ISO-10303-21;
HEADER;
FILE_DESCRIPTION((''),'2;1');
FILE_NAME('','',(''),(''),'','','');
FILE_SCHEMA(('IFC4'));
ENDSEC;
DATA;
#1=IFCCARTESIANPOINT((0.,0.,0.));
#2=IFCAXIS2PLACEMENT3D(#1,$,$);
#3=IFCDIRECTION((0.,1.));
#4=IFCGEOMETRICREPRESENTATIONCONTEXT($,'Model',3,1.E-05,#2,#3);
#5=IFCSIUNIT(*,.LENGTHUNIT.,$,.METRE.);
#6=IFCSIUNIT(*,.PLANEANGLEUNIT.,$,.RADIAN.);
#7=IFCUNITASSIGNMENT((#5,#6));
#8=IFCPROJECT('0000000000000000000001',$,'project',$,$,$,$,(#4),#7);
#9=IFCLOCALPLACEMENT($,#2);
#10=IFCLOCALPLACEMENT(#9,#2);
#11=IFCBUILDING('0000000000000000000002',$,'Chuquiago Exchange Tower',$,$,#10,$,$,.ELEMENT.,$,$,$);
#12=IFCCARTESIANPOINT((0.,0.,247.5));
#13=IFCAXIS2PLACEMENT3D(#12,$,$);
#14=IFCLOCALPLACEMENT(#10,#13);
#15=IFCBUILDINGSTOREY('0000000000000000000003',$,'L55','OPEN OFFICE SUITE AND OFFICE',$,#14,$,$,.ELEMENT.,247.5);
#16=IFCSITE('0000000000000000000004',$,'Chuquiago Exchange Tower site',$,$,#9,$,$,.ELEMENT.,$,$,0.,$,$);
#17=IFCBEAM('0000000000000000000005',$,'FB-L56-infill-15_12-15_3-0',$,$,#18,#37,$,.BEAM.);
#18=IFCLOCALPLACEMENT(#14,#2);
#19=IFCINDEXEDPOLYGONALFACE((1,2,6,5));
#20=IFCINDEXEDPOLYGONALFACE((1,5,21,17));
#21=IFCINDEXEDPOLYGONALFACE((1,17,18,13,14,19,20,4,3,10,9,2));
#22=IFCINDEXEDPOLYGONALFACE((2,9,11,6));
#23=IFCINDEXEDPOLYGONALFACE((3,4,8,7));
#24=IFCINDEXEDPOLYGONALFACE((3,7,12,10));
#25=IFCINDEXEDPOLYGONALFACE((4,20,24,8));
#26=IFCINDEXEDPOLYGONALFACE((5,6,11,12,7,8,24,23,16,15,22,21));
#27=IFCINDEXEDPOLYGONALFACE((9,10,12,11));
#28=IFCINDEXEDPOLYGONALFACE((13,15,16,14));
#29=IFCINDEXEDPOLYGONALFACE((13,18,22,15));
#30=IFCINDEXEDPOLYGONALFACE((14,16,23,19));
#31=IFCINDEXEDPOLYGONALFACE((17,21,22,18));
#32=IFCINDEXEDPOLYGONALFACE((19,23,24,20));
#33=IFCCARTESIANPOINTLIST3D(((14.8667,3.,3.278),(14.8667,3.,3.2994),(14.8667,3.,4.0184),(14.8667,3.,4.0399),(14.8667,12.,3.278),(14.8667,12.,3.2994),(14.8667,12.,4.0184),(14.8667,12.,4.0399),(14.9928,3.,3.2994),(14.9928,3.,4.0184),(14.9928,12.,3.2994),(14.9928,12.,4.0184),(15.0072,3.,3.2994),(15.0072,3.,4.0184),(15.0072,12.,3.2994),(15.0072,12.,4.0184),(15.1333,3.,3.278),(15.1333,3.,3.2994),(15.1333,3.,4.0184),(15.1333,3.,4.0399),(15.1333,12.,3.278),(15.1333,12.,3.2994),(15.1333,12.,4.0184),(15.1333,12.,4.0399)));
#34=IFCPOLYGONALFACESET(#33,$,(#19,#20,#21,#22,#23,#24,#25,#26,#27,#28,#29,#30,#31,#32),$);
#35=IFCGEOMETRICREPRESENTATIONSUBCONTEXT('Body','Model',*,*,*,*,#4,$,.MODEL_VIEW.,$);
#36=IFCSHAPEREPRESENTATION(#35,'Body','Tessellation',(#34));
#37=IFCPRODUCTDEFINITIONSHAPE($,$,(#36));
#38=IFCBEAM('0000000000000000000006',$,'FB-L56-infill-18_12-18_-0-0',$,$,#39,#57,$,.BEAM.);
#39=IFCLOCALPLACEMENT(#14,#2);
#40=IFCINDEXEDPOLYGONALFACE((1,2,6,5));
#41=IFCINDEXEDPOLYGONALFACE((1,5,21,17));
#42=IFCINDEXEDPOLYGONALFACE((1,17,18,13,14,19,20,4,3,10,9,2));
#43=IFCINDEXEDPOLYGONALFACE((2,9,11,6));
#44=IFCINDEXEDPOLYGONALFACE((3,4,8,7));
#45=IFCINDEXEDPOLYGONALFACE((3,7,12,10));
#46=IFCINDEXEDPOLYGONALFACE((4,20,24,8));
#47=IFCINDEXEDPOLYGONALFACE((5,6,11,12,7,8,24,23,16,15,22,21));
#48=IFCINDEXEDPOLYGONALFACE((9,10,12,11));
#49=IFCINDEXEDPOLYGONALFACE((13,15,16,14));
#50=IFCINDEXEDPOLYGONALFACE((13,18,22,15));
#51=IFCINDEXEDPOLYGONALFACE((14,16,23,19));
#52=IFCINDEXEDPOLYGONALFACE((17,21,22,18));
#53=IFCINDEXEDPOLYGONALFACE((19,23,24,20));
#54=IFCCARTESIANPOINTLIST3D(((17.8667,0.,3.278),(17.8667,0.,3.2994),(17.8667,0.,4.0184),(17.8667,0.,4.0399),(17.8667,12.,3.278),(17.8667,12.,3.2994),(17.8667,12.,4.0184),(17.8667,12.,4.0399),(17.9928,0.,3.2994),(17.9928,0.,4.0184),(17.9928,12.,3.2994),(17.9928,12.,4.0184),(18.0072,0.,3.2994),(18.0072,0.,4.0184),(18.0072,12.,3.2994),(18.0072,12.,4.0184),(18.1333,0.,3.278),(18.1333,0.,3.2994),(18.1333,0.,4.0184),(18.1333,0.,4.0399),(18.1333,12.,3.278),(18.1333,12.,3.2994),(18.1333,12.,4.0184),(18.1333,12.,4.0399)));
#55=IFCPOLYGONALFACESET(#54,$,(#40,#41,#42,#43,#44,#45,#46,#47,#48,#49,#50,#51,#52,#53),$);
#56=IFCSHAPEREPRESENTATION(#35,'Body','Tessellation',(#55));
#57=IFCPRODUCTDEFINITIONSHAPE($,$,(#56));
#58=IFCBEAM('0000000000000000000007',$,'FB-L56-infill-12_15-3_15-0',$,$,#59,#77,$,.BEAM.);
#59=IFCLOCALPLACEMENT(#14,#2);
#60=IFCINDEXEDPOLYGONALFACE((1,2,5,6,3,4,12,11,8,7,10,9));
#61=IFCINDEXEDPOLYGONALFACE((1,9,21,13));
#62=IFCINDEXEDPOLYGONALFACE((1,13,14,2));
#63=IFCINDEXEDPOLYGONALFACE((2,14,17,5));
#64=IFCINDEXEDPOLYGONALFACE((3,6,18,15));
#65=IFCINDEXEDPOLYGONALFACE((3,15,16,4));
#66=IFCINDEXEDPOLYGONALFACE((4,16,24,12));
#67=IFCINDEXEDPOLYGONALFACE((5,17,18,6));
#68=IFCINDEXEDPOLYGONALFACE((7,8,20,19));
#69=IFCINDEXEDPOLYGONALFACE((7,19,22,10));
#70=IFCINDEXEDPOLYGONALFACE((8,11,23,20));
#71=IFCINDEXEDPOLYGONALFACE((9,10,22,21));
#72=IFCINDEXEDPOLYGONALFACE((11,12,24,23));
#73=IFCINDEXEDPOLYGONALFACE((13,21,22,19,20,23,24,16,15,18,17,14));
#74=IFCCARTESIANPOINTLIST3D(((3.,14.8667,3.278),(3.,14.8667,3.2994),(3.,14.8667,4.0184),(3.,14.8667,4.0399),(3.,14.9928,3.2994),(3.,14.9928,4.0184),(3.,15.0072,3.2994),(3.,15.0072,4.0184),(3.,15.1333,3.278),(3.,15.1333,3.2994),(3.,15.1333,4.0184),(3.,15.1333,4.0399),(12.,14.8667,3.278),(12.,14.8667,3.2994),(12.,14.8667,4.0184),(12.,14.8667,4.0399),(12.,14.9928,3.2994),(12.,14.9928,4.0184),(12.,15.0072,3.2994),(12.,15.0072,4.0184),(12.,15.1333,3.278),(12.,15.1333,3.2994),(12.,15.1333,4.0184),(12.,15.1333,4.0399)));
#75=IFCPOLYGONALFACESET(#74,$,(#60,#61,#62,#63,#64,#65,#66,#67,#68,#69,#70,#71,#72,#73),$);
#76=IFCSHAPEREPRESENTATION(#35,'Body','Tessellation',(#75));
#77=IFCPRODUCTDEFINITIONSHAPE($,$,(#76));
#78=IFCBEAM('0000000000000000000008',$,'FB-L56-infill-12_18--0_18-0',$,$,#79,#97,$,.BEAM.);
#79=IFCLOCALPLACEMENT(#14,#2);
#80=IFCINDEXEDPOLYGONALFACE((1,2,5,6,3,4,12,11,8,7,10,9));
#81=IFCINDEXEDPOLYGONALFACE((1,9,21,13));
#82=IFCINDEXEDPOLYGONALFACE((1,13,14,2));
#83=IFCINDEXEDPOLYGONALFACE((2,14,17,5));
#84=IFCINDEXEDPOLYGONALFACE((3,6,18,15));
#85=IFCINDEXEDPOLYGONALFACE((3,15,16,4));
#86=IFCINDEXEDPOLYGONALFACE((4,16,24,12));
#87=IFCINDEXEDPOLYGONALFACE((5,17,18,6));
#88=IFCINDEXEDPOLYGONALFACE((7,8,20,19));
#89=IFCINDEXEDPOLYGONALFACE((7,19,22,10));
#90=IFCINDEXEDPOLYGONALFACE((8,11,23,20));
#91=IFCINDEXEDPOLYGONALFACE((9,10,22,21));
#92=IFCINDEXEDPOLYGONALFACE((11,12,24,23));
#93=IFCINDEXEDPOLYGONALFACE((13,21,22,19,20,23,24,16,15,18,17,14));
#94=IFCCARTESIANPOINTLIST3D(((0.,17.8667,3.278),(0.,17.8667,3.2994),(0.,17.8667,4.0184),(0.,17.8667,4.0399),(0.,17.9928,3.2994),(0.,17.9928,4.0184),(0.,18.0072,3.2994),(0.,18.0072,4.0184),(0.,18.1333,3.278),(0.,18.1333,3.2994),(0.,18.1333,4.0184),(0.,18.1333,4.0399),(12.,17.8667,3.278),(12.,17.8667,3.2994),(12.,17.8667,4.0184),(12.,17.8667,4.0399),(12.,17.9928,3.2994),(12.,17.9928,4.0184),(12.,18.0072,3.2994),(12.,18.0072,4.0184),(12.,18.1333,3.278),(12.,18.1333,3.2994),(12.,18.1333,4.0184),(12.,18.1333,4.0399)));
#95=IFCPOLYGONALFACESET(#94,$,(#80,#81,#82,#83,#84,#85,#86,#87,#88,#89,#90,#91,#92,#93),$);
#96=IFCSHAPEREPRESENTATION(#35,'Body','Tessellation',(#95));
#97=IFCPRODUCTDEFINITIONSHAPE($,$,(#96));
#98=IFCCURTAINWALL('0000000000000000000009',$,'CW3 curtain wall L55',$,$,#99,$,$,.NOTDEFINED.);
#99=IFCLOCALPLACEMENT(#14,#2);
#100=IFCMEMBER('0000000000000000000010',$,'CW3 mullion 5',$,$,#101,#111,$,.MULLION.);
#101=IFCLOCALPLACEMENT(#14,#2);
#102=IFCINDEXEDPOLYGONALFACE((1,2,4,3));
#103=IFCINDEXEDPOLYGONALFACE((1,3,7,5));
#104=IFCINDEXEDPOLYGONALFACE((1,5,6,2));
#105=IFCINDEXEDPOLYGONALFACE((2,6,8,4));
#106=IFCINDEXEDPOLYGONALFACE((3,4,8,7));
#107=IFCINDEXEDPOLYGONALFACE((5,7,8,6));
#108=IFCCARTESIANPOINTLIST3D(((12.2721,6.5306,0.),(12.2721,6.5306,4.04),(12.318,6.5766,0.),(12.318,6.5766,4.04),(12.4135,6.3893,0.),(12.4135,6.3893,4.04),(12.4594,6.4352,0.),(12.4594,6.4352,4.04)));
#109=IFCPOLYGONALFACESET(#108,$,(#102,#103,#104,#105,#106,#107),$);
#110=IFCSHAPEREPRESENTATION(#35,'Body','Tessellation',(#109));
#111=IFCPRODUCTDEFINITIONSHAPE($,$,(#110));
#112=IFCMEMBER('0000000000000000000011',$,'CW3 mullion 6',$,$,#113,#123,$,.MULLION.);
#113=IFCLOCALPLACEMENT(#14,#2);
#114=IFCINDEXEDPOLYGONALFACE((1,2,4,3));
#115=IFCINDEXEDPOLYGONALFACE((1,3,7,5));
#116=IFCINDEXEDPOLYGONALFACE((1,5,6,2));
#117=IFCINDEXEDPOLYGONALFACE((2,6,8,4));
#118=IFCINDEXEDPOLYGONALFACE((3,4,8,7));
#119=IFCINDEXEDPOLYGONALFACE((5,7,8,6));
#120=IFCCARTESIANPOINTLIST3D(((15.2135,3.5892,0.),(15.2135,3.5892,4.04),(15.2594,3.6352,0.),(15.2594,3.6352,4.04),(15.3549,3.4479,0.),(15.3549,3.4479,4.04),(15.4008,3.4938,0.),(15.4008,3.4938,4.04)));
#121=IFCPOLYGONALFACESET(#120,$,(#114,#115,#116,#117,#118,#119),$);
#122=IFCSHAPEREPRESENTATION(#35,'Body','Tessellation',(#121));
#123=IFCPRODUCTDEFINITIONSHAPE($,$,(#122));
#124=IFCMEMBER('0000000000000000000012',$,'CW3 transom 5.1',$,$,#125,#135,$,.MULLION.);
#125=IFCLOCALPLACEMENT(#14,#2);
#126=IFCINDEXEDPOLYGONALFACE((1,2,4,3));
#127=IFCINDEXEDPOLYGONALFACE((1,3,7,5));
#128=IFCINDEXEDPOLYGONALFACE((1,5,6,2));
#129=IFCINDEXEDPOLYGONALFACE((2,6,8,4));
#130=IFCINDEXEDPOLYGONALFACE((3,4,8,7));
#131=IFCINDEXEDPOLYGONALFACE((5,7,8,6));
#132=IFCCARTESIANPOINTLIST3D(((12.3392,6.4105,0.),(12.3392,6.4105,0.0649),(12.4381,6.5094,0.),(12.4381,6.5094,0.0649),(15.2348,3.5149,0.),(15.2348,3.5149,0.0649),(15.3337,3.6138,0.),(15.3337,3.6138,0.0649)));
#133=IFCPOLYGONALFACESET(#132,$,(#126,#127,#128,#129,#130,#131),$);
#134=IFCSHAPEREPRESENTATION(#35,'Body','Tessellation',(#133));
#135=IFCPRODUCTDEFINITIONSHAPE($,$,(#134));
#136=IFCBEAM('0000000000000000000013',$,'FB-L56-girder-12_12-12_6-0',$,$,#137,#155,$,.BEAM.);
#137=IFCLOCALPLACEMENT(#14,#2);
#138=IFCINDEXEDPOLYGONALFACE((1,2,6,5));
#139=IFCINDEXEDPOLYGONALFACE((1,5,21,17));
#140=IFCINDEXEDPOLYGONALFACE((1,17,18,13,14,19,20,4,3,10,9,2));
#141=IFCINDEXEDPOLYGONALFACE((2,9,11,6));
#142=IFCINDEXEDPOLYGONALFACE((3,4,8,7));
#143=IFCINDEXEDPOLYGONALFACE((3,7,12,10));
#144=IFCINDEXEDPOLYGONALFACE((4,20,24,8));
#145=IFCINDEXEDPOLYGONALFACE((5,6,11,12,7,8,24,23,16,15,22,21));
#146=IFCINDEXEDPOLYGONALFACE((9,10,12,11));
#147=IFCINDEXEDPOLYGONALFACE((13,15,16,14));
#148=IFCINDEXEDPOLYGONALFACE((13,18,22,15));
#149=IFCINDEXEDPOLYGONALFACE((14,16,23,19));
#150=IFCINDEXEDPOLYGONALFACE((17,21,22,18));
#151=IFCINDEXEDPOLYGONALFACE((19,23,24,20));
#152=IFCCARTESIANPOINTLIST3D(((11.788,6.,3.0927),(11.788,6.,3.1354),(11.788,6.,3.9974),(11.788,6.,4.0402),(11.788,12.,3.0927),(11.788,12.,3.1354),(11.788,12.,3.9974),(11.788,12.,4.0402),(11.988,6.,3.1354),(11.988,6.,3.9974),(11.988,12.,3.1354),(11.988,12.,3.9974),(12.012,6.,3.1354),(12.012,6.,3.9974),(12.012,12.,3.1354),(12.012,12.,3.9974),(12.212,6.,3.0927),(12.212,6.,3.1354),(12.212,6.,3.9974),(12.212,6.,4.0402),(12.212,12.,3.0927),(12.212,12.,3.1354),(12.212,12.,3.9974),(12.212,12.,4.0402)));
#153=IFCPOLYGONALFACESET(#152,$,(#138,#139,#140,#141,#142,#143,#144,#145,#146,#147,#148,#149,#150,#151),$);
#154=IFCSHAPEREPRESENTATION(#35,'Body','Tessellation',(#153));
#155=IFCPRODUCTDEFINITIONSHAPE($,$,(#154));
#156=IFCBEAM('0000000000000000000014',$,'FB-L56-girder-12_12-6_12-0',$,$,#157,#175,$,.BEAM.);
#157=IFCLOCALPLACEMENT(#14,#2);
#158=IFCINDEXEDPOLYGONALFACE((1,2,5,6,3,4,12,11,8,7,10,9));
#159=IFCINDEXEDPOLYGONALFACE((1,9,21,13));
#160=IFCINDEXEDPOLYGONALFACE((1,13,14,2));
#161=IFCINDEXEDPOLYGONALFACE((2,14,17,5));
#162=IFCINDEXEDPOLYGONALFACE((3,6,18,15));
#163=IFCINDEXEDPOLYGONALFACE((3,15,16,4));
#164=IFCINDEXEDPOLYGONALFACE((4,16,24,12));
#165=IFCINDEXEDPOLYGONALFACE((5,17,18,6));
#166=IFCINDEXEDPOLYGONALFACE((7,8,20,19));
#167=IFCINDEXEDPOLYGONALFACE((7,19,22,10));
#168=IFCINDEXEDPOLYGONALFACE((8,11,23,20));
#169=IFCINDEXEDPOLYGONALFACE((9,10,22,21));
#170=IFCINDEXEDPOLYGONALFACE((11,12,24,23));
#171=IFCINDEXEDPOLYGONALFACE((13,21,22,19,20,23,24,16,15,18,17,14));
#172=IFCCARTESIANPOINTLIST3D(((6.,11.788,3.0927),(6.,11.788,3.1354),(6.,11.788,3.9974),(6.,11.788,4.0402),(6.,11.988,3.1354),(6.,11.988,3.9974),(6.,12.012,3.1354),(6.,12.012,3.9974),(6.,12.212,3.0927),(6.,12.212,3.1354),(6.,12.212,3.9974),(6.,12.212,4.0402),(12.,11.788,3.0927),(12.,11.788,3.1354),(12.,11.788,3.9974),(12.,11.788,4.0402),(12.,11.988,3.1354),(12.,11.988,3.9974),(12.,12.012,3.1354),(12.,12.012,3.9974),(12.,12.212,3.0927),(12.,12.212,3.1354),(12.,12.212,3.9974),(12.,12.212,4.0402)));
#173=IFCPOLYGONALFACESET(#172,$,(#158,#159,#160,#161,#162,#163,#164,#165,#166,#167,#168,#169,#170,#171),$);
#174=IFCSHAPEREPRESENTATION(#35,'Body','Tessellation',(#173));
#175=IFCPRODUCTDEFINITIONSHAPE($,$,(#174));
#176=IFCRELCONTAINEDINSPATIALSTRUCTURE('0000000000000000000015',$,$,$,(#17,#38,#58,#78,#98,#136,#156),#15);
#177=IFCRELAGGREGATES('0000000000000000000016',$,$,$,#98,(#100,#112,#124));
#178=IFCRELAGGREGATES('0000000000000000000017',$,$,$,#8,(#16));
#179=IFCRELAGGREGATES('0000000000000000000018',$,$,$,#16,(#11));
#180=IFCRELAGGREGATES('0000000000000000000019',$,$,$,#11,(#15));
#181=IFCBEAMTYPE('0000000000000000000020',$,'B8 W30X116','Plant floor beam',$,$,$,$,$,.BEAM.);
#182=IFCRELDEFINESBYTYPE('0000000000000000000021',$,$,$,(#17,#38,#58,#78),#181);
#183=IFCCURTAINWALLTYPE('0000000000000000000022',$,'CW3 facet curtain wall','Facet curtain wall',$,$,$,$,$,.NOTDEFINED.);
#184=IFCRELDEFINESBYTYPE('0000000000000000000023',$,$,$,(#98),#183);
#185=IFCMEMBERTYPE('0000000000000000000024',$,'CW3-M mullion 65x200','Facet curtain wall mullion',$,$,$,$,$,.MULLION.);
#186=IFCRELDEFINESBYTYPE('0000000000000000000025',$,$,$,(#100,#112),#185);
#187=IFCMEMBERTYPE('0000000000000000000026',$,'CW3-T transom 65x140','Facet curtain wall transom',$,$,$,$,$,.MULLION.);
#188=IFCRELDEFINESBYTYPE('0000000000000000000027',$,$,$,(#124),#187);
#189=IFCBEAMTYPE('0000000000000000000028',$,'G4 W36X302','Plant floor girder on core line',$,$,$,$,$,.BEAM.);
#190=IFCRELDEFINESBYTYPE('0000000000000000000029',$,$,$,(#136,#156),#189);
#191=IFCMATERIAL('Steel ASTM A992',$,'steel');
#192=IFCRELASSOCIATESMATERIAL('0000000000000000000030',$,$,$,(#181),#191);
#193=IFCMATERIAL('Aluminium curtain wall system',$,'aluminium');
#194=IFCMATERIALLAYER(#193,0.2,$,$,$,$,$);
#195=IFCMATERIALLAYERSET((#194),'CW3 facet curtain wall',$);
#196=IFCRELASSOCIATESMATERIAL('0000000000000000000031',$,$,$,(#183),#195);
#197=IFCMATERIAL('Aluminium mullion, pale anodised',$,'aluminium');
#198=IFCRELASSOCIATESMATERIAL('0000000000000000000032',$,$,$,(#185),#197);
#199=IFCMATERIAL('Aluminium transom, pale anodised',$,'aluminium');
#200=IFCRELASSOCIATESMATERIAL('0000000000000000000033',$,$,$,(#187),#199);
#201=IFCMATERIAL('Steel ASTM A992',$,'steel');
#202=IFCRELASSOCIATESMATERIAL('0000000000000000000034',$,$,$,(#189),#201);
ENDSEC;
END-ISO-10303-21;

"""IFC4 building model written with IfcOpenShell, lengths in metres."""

from ifc_helpers import new_model, si_unit, direction, frame, origin, origin_2d, place, context, subcontext, project, spatial, rectangle, i_section, extrude, material, layer, layer_set, material_profile, profile_set, type_object, element, aggregate, save


model = new_model("IFC4")

# Units and contexts
model_context = context("Model", 3, precision=1e-05, world=origin(), true_north=direction((0.0, 1.0)))
body_context = subcontext(model_context, "Body", "Model", "MODEL_VIEW")
ifc_project = project(units=[si_unit("LENGTHUNIT", "METRE"), si_unit("PLANEANGLEUNIT", "RADIAN")], contexts=[model_context])

# Site, building, storey
site_placement = place(None, origin())
site = spatial("IfcSite", under=ifc_project, at=site_placement, Name="Chuquiago Exchange Tower site", CompositionType="ELEMENT", RefElevation=0.0)
building_placement = place(site_placement, origin())
building = spatial("IfcBuilding", under=site, at=building_placement, Name="Chuquiago Exchange Tower", CompositionType="ELEMENT")
storey_placement = place(building_placement, frame((0.0, 0.0, 247.5)))
storey = spatial("IfcBuildingStorey", under=building, at=storey_placement, Name="L55", Description="OPEN OFFICE SUITE AND OFFICE", CompositionType="ELEMENT", Elevation=247.5)

# Beams
ifc_material_1 = material(Name="Steel ASTM A992", Category="steel")
ifc_material_profile_1 = material_profile(ifc_material_1, i_section(OverallWidth=0.2666, OverallDepth=0.762, WebThickness=0.0144, FlangeThickness=0.0215, at=origin_2d()), Name="W30X116")
ifc_profile_set_1 = profile_set([ifc_material_profile_1], Name="Steel ASTM A992")
beam_type_1 = type_object("IfcBeamType", Name="B8 W30X116", Description="Plant floor beam", PredefinedType="BEAM", material=ifc_profile_set_1)
beam_1_placement = place(storey_placement, frame((15.0, 12.0, 3.6589), z_axis=(0.0, -1.0, 0.0), x_axis=(1.0, 0.0, 0.0)))
element("IfcBeam", 1, at=beam_1_placement, inside=storey, type_object=beam_type_1, Name="FB-L56-infill-15_12-15_3-0", PredefinedType="BEAM", context=body_context, shape_type="SweptSolid", body=[
    extrude(i_section(OverallWidth=0.2666, OverallDepth=0.762, WebThickness=0.0144, FlangeThickness=0.0215, at=origin_2d()), origin(), (0.0, 0.0, 1.0), 9.0),
])
beam_2_placement = place(storey_placement, frame((18.0, 12.0, 3.6589), z_axis=(0.0, -1.0, 0.0), x_axis=(1.0, 0.0, 0.0)))
element("IfcBeam", 2, at=beam_2_placement, inside=storey, type_object=beam_type_1, Name="FB-L56-infill-18_12-18_-0-0", PredefinedType="BEAM", context=body_context, shape_type="SweptSolid", body=[
    extrude(i_section(OverallWidth=0.2666, OverallDepth=0.762, WebThickness=0.0144, FlangeThickness=0.0215, at=origin_2d()), origin(), (0.0, 0.0, 1.0), 12.0),
])
beam_3_placement = place(storey_placement, frame((12.0, 15.0, 3.6589), z_axis=(-1.0, 0.0, 0.0), x_axis=(0.0, -1.0, 0.0)))
element("IfcBeam", 3, at=beam_3_placement, inside=storey, type_object=beam_type_1, Name="FB-L56-infill-12_15-3_15-0", PredefinedType="BEAM", context=body_context, shape_type="SweptSolid", body=[
    extrude(i_section(OverallWidth=0.2666, OverallDepth=0.762, WebThickness=0.0144, FlangeThickness=0.0215, at=origin_2d()), origin(), (0.0, 0.0, 1.0), 9.0),
])
beam_4_placement = place(storey_placement, frame((12.0, 18.0, 3.6589), z_axis=(-1.0, 0.0, 0.0), x_axis=(0.0, -1.0, 0.0)))
element("IfcBeam", 4, at=beam_4_placement, inside=storey, type_object=beam_type_1, Name="FB-L56-infill-12_18--0_18-0", PredefinedType="BEAM", context=body_context, shape_type="SweptSolid", body=[
    extrude(i_section(OverallWidth=0.2666, OverallDepth=0.762, WebThickness=0.0144, FlangeThickness=0.0215, at=origin_2d()), origin(), (0.0, 0.0, 1.0), 12.0),
])

# Curtain wall, members
ifc_material_2 = material(Name="Aluminium curtain wall system", Category="aluminium")
ifc_layer_1 = layer(ifc_material_2, 0.2)
ifc_layer_set_1 = layer_set([ifc_layer_1], Name="CW3 facet curtain wall")
curtain_wall_type = type_object("IfcCurtainWallType", Name="CW3 facet curtain wall", Description="Facet curtain wall", PredefinedType="NOTDEFINED", material=ifc_layer_set_1)
curtain_wall_placement = place(storey_placement, origin())
curtain_wall = element("IfcCurtainWall", 5, at=curtain_wall_placement, inside=storey, type_object=curtain_wall_type, Name="CW3 curtain wall L55", PredefinedType="NOTDEFINED")
ifc_material_3 = material(Name="Aluminium mullion, pale anodised", Category="aluminium")
ifc_material_profile_2 = material_profile(ifc_material_3, rectangle(XDim=0.0649, YDim=0.2, at=origin_2d()), Name="AL 65x200")
ifc_profile_set_2 = profile_set([ifc_material_profile_2], Name="Aluminium mullion, pale anodised")
member_type_1 = type_object("IfcMemberType", Name="CW3-M mullion 65x200", Description="Facet curtain wall mullion", PredefinedType="MULLION", material=ifc_profile_set_2)
member_1_placement = place(storey_placement, frame((12.3657, 6.4829, 0.0), z_axis=(0.0, 0.0, 1.0), x_axis=(0.707107, 0.707107, 0.0)))
member_1 = element("IfcMember", 6, at=member_1_placement, type_object=member_type_1, Name="CW3 mullion 5", PredefinedType="MULLION", context=body_context, shape_type="SweptSolid", body=[
    extrude(rectangle(XDim=0.0649, YDim=0.2, at=origin_2d()), origin(), (0.0, 0.0, 1.0), 4.04),
])
member_2_placement = place(storey_placement, frame((15.3071, 3.5415, 0.0), z_axis=(0.0, 0.0, 1.0), x_axis=(0.707107, 0.707107, 0.0)))
member_2 = element("IfcMember", 7, at=member_2_placement, type_object=member_type_1, Name="CW3 mullion 6", PredefinedType="MULLION", context=body_context, shape_type="SweptSolid", body=[
    extrude(rectangle(XDim=0.0649, YDim=0.2, at=origin_2d()), origin(), (0.0, 0.0, 1.0), 4.04),
])
ifc_material_4 = material(Name="Aluminium transom, pale anodised", Category="aluminium")
ifc_material_profile_3 = material_profile(ifc_material_4, rectangle(XDim=0.1399, YDim=0.0649, at=origin_2d()), Name="AL 140x65")
ifc_profile_set_3 = profile_set([ifc_material_profile_3], Name="Aluminium transom, pale anodised")
member_type_2 = type_object("IfcMemberType", Name="CW3-T transom 65x140", Description="Facet curtain wall transom", PredefinedType="MULLION", material=ifc_profile_set_3)
member_3_placement = place(storey_placement, frame((12.3887, 6.46, 0.0325), z_axis=(0.707107, -0.707107, 0.0), x_axis=(0.707107, 0.707107, 0.0)))
member_3 = element("IfcMember", 8, at=member_3_placement, type_object=member_type_2, Name="CW3 transom 5.1", PredefinedType="MULLION", context=body_context, shape_type="SweptSolid", body=[
    extrude(rectangle(XDim=0.1399, YDim=0.0649, at=origin_2d()), origin(), (0.0, 0.0, 1.0), 4.095),
])

# Beams
ifc_material_5 = material(Name="Steel ASTM A992", Category="steel")
ifc_material_profile_4 = material_profile(ifc_material_5, i_section(OverallWidth=0.4241, OverallDepth=0.9475, WebThickness=0.0239, FlangeThickness=0.0427, at=origin_2d()), Name="W36X302")
ifc_profile_set_4 = profile_set([ifc_material_profile_4], Name="Steel ASTM A992")
beam_type_2 = type_object("IfcBeamType", Name="G4 W36X302", Description="Plant floor girder on core line", PredefinedType="BEAM", material=ifc_profile_set_4)
for number, where, z_axis, x_axis, name in (
    (9, (12.0, 12.0, 3.5664), (0.0, -1.0, 0.0), (1.0, 0.0, 0.0), "FB-L56-girder-12_12-12_6-0"),
    (10, (12.0, 12.0, 3.5664), (-1.0, 0.0, 0.0), (0.0, -1.0, 0.0), "FB-L56-girder-12_12-6_12-0"),
):
    element("IfcBeam", number, at=place(storey_placement, frame(where, z_axis=z_axis, x_axis=x_axis)), inside=storey, type_object=beam_type_2, Name=name, PredefinedType="BEAM", context=body_context, shape_type="SweptSolid", body=[
        extrude(i_section(OverallWidth=0.4241, OverallDepth=0.9475, WebThickness=0.0239, FlangeThickness=0.0427, at=origin_2d()), origin(), (0.0, 0.0, 1.0), 6.0),
    ])

aggregate(curtain_wall, [member_1, member_2, member_3])

save(model, "model.ifc")
